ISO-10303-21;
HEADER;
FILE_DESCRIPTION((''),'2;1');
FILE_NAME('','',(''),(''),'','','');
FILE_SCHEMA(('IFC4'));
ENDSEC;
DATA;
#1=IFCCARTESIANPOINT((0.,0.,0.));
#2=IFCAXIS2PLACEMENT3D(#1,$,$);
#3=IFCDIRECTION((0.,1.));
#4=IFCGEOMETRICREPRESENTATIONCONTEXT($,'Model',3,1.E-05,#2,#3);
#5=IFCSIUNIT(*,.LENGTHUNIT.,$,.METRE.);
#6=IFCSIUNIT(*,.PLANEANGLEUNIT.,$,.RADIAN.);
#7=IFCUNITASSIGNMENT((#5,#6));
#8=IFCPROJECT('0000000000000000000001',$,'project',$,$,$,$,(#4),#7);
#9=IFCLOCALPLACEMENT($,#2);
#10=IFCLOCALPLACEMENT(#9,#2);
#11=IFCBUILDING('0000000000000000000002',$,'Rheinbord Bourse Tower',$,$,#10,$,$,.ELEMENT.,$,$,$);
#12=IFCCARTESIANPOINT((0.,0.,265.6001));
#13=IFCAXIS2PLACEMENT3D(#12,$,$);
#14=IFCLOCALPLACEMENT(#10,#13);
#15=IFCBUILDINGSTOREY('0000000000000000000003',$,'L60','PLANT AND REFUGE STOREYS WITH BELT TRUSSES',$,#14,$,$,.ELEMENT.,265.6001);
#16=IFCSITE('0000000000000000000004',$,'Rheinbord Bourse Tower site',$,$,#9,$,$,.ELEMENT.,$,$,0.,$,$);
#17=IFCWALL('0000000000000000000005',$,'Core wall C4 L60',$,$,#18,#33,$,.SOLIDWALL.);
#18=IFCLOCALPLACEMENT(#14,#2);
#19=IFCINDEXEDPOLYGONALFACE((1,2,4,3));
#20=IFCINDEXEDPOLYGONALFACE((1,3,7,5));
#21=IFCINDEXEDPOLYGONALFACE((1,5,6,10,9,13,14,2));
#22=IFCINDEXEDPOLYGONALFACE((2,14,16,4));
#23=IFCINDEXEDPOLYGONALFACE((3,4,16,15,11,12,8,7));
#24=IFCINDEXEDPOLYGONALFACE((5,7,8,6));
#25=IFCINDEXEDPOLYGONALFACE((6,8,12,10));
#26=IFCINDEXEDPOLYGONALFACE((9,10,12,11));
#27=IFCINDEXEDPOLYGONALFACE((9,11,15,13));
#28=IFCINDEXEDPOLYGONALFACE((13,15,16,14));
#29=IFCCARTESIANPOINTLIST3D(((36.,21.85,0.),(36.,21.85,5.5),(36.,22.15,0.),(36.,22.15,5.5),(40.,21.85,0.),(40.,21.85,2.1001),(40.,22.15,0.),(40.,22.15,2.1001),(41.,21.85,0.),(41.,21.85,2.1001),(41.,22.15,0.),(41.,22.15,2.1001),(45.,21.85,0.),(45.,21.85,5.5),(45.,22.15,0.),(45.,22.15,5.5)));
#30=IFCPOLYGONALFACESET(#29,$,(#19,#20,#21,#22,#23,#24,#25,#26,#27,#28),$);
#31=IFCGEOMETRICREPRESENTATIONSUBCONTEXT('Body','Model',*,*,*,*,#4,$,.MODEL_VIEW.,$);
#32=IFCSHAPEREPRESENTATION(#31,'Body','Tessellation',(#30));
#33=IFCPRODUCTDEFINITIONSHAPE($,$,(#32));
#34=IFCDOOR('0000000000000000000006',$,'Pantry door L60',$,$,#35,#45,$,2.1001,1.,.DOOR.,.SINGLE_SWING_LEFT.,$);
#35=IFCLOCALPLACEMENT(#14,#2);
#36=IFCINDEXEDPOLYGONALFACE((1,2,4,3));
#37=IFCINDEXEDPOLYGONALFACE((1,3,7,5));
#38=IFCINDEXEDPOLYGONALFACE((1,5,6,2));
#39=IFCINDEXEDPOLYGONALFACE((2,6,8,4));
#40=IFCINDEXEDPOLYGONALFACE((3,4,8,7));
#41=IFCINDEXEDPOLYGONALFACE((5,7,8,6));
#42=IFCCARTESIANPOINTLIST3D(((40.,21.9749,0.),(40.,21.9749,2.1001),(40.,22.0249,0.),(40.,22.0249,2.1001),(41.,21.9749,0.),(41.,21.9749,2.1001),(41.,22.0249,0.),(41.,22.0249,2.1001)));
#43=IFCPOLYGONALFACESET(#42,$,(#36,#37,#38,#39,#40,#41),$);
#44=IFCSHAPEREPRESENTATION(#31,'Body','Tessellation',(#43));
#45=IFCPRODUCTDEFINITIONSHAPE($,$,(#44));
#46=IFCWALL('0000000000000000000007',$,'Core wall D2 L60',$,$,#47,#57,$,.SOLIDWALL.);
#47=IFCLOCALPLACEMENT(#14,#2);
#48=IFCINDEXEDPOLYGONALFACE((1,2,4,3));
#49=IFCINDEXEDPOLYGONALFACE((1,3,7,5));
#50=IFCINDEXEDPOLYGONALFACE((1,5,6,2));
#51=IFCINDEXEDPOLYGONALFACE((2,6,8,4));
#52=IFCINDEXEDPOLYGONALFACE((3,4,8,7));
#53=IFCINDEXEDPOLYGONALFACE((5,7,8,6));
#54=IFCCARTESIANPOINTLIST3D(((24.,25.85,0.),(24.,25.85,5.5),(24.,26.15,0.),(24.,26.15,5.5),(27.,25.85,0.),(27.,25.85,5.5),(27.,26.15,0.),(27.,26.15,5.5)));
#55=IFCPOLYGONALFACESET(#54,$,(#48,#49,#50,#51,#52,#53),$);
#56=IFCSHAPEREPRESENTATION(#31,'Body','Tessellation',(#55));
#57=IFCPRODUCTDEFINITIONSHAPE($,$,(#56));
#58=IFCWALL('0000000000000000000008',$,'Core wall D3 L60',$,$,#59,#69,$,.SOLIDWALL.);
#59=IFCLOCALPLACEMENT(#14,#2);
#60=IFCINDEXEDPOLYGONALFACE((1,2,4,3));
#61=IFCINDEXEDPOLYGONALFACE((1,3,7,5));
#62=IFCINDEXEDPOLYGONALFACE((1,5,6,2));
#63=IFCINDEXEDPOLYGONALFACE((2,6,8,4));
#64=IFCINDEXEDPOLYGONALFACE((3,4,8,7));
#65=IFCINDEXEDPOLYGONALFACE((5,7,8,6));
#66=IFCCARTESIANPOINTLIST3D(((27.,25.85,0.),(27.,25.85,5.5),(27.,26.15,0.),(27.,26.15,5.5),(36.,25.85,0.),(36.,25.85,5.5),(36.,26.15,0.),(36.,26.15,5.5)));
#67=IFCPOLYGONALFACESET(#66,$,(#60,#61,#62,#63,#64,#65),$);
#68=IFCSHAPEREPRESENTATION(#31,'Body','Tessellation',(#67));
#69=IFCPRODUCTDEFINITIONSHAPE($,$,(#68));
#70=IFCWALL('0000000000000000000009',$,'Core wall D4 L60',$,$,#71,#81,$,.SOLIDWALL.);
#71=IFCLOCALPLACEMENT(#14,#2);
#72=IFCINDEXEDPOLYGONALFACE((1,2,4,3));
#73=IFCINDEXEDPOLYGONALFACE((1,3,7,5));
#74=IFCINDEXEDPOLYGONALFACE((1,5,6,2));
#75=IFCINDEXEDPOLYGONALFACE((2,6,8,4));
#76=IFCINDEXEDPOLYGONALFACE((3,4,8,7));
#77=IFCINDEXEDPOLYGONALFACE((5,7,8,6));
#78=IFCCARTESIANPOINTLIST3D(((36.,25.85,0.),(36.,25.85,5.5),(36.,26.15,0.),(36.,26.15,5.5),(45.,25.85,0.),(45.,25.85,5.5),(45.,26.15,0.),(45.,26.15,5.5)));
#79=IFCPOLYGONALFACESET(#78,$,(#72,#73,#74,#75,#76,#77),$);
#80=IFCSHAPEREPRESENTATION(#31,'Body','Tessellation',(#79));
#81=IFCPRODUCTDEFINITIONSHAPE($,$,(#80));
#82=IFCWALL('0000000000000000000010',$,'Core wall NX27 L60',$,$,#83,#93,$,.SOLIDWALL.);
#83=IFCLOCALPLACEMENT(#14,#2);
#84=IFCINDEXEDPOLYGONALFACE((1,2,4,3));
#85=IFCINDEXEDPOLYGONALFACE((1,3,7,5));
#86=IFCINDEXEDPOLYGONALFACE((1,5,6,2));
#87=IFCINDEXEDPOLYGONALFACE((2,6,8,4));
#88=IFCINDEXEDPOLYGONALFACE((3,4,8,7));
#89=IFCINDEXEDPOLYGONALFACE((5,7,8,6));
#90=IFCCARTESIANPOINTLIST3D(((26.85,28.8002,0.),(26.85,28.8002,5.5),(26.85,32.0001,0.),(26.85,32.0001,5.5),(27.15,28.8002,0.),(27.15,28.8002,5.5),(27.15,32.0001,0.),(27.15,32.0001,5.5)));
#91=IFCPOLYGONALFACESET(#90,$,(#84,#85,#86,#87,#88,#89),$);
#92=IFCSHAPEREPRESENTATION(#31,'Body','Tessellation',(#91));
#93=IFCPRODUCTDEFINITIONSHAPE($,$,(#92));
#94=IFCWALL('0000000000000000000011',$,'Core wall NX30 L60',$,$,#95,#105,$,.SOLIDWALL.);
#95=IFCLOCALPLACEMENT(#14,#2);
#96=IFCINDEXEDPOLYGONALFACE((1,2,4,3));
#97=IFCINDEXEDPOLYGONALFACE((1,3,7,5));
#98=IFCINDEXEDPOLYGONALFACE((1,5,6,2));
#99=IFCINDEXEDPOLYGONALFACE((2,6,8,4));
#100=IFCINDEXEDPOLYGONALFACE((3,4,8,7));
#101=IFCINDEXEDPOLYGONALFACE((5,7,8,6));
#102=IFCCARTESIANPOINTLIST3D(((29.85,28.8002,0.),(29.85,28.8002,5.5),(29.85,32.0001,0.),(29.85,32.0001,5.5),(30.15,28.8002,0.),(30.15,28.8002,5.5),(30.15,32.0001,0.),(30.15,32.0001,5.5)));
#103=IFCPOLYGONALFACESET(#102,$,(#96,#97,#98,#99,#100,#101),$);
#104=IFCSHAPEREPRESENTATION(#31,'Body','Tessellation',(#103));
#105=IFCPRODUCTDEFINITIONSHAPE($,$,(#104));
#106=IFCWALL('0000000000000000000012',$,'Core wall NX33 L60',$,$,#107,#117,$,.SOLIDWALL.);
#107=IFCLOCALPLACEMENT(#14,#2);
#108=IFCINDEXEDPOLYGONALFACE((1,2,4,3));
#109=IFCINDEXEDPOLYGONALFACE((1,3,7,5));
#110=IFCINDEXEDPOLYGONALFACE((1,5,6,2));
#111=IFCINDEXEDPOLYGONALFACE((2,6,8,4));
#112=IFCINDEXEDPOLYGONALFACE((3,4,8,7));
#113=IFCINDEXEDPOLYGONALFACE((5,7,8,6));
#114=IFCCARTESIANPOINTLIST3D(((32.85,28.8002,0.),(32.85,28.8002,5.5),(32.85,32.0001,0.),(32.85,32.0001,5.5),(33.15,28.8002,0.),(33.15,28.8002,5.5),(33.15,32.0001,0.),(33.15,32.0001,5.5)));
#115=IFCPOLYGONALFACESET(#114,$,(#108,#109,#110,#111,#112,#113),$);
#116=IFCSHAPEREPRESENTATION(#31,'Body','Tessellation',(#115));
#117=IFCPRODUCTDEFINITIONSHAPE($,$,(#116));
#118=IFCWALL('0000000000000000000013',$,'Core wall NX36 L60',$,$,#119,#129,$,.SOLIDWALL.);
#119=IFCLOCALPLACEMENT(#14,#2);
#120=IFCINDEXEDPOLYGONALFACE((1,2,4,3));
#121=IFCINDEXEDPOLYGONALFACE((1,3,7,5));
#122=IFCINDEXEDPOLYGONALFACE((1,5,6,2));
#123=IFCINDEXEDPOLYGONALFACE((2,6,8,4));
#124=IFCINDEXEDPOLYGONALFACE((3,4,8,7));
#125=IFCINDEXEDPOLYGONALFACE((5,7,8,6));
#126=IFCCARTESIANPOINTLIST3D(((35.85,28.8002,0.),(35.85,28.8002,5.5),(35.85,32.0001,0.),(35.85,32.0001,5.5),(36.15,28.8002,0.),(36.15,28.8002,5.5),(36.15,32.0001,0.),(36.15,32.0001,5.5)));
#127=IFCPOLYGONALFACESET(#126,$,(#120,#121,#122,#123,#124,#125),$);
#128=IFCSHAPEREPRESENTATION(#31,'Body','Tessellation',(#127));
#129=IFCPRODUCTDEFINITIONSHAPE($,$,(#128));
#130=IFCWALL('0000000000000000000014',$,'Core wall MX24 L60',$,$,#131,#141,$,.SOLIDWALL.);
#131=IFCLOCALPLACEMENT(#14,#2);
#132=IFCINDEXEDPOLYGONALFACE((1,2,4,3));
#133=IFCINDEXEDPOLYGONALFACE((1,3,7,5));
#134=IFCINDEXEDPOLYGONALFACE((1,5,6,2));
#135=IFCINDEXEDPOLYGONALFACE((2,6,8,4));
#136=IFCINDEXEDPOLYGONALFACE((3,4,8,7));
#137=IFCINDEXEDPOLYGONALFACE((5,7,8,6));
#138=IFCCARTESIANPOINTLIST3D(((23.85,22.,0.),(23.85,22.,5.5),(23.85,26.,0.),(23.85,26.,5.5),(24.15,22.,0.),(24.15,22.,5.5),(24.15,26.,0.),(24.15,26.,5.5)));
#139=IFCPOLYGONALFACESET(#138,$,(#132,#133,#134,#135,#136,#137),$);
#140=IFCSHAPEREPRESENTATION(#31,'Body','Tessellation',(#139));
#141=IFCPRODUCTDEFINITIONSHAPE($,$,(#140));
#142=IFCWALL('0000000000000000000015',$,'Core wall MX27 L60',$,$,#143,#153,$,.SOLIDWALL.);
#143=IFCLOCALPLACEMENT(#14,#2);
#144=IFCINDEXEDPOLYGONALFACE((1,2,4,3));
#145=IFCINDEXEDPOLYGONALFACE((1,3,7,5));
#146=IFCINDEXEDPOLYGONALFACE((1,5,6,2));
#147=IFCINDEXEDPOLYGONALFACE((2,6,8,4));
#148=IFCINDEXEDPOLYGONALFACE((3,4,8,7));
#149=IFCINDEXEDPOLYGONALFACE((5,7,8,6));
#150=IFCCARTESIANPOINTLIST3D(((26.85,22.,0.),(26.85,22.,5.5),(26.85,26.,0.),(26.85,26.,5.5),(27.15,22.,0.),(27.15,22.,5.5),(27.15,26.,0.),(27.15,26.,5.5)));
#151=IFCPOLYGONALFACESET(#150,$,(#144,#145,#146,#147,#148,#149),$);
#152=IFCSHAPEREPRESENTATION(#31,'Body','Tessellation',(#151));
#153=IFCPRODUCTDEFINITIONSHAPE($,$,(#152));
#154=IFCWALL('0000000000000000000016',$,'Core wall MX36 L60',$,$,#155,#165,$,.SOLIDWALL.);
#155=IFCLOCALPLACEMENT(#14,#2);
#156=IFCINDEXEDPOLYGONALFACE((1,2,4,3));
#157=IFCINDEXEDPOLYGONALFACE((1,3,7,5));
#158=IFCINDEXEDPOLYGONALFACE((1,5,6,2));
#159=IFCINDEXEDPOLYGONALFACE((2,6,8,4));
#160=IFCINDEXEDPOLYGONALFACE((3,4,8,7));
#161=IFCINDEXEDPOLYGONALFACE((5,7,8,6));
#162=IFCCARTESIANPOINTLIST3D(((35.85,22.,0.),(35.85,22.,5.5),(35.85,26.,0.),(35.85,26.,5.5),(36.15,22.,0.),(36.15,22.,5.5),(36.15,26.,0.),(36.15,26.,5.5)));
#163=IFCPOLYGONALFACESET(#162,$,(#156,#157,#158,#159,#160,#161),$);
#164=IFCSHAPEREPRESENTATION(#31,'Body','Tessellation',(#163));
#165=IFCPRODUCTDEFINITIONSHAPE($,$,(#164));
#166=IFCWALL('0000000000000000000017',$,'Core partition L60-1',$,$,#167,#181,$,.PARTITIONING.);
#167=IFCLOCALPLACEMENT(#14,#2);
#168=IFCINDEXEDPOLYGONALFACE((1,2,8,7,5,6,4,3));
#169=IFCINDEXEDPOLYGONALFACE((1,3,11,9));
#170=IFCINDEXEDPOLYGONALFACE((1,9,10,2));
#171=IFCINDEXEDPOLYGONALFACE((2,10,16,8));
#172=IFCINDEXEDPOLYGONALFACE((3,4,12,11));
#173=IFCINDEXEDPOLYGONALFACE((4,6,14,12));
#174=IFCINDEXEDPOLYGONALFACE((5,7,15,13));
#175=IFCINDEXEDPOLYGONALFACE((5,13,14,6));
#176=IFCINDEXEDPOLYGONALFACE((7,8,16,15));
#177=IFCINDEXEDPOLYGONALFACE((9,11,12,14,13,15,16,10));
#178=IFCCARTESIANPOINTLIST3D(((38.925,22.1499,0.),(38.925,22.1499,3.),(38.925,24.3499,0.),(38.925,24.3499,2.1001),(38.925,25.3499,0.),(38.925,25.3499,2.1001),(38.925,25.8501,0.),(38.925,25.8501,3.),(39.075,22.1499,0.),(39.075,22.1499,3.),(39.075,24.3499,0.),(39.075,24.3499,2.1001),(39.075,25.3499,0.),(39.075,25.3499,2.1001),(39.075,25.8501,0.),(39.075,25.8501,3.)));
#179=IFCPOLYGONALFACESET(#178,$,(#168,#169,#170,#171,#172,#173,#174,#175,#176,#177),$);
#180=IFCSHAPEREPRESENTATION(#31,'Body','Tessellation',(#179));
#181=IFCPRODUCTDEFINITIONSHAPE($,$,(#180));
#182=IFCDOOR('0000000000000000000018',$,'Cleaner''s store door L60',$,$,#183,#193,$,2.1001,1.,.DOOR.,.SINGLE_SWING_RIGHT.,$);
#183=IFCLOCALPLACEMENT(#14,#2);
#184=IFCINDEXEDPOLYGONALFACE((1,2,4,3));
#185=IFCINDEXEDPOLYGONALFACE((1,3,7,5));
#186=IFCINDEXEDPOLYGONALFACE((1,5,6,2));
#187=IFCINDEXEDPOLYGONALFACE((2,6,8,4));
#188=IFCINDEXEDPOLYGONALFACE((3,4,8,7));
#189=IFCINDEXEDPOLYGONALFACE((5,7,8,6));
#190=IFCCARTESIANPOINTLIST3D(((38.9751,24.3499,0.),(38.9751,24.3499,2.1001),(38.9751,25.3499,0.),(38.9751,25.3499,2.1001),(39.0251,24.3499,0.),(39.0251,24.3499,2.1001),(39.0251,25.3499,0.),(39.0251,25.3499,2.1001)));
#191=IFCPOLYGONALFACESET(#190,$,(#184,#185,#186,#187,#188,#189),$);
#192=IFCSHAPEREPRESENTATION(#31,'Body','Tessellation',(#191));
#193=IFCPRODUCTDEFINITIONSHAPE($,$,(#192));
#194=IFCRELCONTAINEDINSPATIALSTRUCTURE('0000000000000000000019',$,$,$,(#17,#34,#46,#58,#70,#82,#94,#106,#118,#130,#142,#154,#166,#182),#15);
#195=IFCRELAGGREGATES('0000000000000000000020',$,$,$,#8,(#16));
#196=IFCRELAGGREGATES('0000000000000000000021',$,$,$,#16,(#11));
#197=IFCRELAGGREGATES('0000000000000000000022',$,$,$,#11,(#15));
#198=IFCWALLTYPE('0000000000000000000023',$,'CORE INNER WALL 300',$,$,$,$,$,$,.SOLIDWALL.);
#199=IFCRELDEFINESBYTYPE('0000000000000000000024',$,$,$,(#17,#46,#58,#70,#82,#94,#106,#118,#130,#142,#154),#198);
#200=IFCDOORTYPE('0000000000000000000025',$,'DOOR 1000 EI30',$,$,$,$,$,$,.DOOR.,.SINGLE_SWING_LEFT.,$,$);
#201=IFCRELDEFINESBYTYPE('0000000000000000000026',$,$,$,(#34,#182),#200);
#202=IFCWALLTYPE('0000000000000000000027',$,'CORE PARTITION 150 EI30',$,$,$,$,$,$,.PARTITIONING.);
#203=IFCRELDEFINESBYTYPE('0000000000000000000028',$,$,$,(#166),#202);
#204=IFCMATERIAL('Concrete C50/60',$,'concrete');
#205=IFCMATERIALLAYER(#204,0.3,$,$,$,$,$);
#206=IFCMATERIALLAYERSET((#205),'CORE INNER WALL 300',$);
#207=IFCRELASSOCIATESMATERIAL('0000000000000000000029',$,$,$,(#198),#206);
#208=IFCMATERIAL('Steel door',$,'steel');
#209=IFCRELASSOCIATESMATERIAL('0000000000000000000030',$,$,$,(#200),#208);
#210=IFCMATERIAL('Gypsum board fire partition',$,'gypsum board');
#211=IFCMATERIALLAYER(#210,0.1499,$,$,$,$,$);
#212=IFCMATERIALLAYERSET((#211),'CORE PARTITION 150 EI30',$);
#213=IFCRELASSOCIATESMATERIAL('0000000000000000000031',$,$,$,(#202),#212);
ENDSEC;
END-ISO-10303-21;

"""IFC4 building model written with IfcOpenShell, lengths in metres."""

from ifc_helpers import new_model, si_unit, direction, frame, frame_2d, origin, place, context, subcontext, project, spatial, rectangle, extrude, material, layer, layer_set, type_object, element, fill, save


model = new_model("IFC4")

# Units and contexts
model_context = context("Model", 3, precision=1e-05, world=origin(), true_north=direction((0.0, 1.0)))
body_context = subcontext(model_context, "Body", "Model", "MODEL_VIEW")
ifc_project = project(units=[si_unit("LENGTHUNIT", "METRE"), si_unit("PLANEANGLEUNIT", "RADIAN")], contexts=[model_context])

# Site, building, storey
site_placement = place(None, origin())
site = spatial("IfcSite", under=ifc_project, at=site_placement, Name="Rheinbord Bourse Tower site", CompositionType="ELEMENT", RefElevation=0.0)
building_placement = place(site_placement, origin())
building = spatial("IfcBuilding", under=site, at=building_placement, Name="Rheinbord Bourse Tower", CompositionType="ELEMENT")
storey_placement = place(building_placement, frame((0.0, 0.0, 265.6001)))
storey = spatial("IfcBuildingStorey", under=building, at=storey_placement, Name="L60", Description="PLANT AND REFUGE STOREYS WITH BELT TRUSSES", CompositionType="ELEMENT", Elevation=265.6001)

# Shared definitions
ifc_material_1 = material(Name="Concrete C50/60", Category="concrete")
ifc_layer_1 = layer(ifc_material_1, 0.3)
ifc_layer_set_1 = layer_set([ifc_layer_1], Name="CORE INNER WALL 300")
wall_type_1 = type_object("IfcWallType", Name="CORE INNER WALL 300", PredefinedType="SOLIDWALL", material=ifc_layer_set_1)
ifc_material_2 = material(Name="Steel door", Category="steel")
door_type_1 = type_object("IfcDoorType", Name="DOOR 1000 EI30", OperationType="SINGLE_SWING_LEFT", PredefinedType="DOOR", material=ifc_material_2)

# Wall, opening, door
wall_1_placement = place(storey_placement, frame((36.0, 22.0, 0.0), z_axis=(0.0, 0.0, 1.0), x_axis=(1.0, 0.0, 0.0)))
wall_1 = element("IfcWall", 1, at=wall_1_placement, inside=storey, type_object=wall_type_1, Name="Core wall C4 L60", PredefinedType="SOLIDWALL", context=body_context, shape_type="SweptSolid", body=[
    extrude(rectangle(XDim=9.0, YDim=0.3, at=frame_2d((4.5, 0.0))), origin(), (0.0, 0.0, 1.0), 5.5),
])
opening_1_placement = place(wall_1_placement, frame((4.0, 0.0, 0.0)))
opening_1 = element("IfcOpeningElement", 2, at=opening_1_placement, cuts=wall_1, PredefinedType="OPENING", context=body_context, shape_type="SweptSolid", body=[
    extrude(rectangle(XDim=1.0, YDim=2.1001, at=frame_2d((0.5, 1.05))), frame((0.0, 0.1599, 0.0), z_axis=(0.0, -1.0, 0.0), x_axis=(1.0, 0.0, 0.0)), (0.0, 0.0, 1.0), 0.3201),
])
door_1_placement = place(opening_1_placement, origin())
door_1 = element("IfcDoor", 3, at=door_1_placement, inside=storey, type_object=door_type_1, Name="Pantry door L60", OperationType="SINGLE_SWING_LEFT", OverallHeight=2.1001, OverallWidth=1.0, PredefinedType="DOOR", context=body_context, shape_type="SweptSolid", body=[
    extrude(rectangle(XDim=1.0, YDim=2.1001, at=frame_2d((0.5, 1.05))), frame((0.0, 0.0249, 0.0), z_axis=(0.0, -1.0, 0.0), x_axis=(1.0, 0.0, 0.0)), (0.0, 0.0, 1.0), 0.05),
])
fill(opening_1, door_1)

# Walls
wall_2_placement = place(storey_placement, frame((24.0, 26.0, 0.0), z_axis=(0.0, 0.0, 1.0), x_axis=(1.0, 0.0, 0.0)))
element("IfcWall", 4, at=wall_2_placement, inside=storey, type_object=wall_type_1, Name="Core wall D2 L60", PredefinedType="SOLIDWALL", context=body_context, shape_type="SweptSolid", body=[
    extrude(rectangle(XDim=3.0, YDim=0.3, at=frame_2d((1.5, 0.0))), origin(), (0.0, 0.0, 1.0), 5.5),
])
for number, where, z_axis, x_axis, name in (
    (5, (27.0, 26.0, 0.0), (0.0, 0.0, 1.0), (1.0, 0.0, 0.0), "Core wall D3 L60"),
    (6, (36.0, 26.0, 0.0), (0.0, 0.0, 1.0), (1.0, 0.0, 0.0), "Core wall D4 L60"),
):
    element("IfcWall", number, at=place(storey_placement, frame(where, z_axis=z_axis, x_axis=x_axis)), inside=storey, type_object=wall_type_1, Name=name, PredefinedType="SOLIDWALL", context=body_context, shape_type="SweptSolid", body=[
        extrude(rectangle(XDim=9.0, YDim=0.3, at=frame_2d((4.5, 0.0))), origin(), (0.0, 0.0, 1.0), 5.5),
    ])
for number, where, z_axis, x_axis, name in (
    (7, (27.0, 28.8, 0.0), (0.0, 0.0, 1.0), (0.0, 1.0, 0.0), "Core wall NX27 L60"),
    (8, (30.0, 28.8, 0.0), (0.0, 0.0, 1.0), (0.0, 1.0, 0.0), "Core wall NX30 L60"),
    (9, (33.0, 28.8, 0.0), (0.0, 0.0, 1.0), (0.0, 1.0, 0.0), "Core wall NX33 L60"),
    (10, (36.0, 28.8, 0.0), (0.0, 0.0, 1.0), (0.0, 1.0, 0.0), "Core wall NX36 L60"),
):
    element("IfcWall", number, at=place(storey_placement, frame(where, z_axis=z_axis, x_axis=x_axis)), inside=storey, type_object=wall_type_1, Name=name, PredefinedType="SOLIDWALL", context=body_context, shape_type="SweptSolid", body=[
        extrude(rectangle(XDim=3.2, YDim=0.3, at=frame_2d((1.6001, 0.0))), origin(), (0.0, 0.0, 1.0), 5.5),
    ])
for number, where, z_axis, x_axis, name in (
    (11, (24.0, 22.0, 0.0), (0.0, 0.0, 1.0), (0.0, 1.0, 0.0), "Core wall MX24 L60"),
    (12, (27.0, 22.0, 0.0), (0.0, 0.0, 1.0), (0.0, 1.0, 0.0), "Core wall MX27 L60"),
    (13, (36.0, 22.0, 0.0), (0.0, 0.0, 1.0), (0.0, 1.0, 0.0), "Core wall MX36 L60"),
):
    element("IfcWall", number, at=place(storey_placement, frame(where, z_axis=z_axis, x_axis=x_axis)), inside=storey, type_object=wall_type_1, Name=name, PredefinedType="SOLIDWALL", context=body_context, shape_type="SweptSolid", body=[
        extrude(rectangle(XDim=4.0, YDim=0.3, at=frame_2d((2.0, 0.0))), origin(), (0.0, 0.0, 1.0), 5.5),
    ])

# Wall, opening, door
ifc_material_3 = material(Name="Gypsum board fire partition", Category="gypsum board")
ifc_layer_2 = layer(ifc_material_3, 0.1499)
ifc_layer_set_2 = layer_set([ifc_layer_2], Name="CORE PARTITION 150 EI30")
wall_type_2 = type_object("IfcWallType", Name="CORE PARTITION 150 EI30", PredefinedType="PARTITIONING", material=ifc_layer_set_2)
wall_3_placement = place(storey_placement, frame((39.0, 22.1499, 0.0), z_axis=(0.0, 0.0, 1.0), x_axis=(0.0, 1.0, 0.0)))
wall_3 = element("IfcWall", 14, at=wall_3_placement, inside=storey, type_object=wall_type_2, Name="Core partition L60-1", PredefinedType="PARTITIONING", context=body_context, shape_type="SweptSolid", body=[
    extrude(rectangle(XDim=3.7002, YDim=0.1499, at=frame_2d((1.8501, 0.0))), origin(), (0.0, 0.0, 1.0), 3.0),
])
opening_2_placement = place(wall_3_placement, frame((2.2, 0.0, 0.0)))
opening_2 = element("IfcOpeningElement", 15, at=opening_2_placement, cuts=wall_3, PredefinedType="OPENING", context=body_context, shape_type="SweptSolid", body=[
    extrude(rectangle(XDim=1.0, YDim=2.1001, at=frame_2d((0.5, 1.05))), frame((0.0, 0.085, 0.0), z_axis=(0.0, -1.0, 0.0), x_axis=(1.0, 0.0, 0.0)), (0.0, 0.0, 1.0), 0.1699),
])
door_2_placement = place(opening_2_placement, origin())
door_2 = element("IfcDoor", 16, at=door_2_placement, inside=storey, type_object=door_type_1, Name="Cleaner's store door L60", OperationType="SINGLE_SWING_RIGHT", OverallHeight=2.1001, OverallWidth=1.0, PredefinedType="DOOR", context=body_context, shape_type="SweptSolid", body=[
    extrude(rectangle(XDim=1.0, YDim=2.1001, at=frame_2d((0.5, 1.05))), frame((0.0, 0.0249, 0.0), z_axis=(0.0, -1.0, 0.0), x_axis=(1.0, 0.0, 0.0)), (0.0, 0.0, 1.0), 0.05),
])
fill(opening_2, door_2)

save(model, "model.ifc")
